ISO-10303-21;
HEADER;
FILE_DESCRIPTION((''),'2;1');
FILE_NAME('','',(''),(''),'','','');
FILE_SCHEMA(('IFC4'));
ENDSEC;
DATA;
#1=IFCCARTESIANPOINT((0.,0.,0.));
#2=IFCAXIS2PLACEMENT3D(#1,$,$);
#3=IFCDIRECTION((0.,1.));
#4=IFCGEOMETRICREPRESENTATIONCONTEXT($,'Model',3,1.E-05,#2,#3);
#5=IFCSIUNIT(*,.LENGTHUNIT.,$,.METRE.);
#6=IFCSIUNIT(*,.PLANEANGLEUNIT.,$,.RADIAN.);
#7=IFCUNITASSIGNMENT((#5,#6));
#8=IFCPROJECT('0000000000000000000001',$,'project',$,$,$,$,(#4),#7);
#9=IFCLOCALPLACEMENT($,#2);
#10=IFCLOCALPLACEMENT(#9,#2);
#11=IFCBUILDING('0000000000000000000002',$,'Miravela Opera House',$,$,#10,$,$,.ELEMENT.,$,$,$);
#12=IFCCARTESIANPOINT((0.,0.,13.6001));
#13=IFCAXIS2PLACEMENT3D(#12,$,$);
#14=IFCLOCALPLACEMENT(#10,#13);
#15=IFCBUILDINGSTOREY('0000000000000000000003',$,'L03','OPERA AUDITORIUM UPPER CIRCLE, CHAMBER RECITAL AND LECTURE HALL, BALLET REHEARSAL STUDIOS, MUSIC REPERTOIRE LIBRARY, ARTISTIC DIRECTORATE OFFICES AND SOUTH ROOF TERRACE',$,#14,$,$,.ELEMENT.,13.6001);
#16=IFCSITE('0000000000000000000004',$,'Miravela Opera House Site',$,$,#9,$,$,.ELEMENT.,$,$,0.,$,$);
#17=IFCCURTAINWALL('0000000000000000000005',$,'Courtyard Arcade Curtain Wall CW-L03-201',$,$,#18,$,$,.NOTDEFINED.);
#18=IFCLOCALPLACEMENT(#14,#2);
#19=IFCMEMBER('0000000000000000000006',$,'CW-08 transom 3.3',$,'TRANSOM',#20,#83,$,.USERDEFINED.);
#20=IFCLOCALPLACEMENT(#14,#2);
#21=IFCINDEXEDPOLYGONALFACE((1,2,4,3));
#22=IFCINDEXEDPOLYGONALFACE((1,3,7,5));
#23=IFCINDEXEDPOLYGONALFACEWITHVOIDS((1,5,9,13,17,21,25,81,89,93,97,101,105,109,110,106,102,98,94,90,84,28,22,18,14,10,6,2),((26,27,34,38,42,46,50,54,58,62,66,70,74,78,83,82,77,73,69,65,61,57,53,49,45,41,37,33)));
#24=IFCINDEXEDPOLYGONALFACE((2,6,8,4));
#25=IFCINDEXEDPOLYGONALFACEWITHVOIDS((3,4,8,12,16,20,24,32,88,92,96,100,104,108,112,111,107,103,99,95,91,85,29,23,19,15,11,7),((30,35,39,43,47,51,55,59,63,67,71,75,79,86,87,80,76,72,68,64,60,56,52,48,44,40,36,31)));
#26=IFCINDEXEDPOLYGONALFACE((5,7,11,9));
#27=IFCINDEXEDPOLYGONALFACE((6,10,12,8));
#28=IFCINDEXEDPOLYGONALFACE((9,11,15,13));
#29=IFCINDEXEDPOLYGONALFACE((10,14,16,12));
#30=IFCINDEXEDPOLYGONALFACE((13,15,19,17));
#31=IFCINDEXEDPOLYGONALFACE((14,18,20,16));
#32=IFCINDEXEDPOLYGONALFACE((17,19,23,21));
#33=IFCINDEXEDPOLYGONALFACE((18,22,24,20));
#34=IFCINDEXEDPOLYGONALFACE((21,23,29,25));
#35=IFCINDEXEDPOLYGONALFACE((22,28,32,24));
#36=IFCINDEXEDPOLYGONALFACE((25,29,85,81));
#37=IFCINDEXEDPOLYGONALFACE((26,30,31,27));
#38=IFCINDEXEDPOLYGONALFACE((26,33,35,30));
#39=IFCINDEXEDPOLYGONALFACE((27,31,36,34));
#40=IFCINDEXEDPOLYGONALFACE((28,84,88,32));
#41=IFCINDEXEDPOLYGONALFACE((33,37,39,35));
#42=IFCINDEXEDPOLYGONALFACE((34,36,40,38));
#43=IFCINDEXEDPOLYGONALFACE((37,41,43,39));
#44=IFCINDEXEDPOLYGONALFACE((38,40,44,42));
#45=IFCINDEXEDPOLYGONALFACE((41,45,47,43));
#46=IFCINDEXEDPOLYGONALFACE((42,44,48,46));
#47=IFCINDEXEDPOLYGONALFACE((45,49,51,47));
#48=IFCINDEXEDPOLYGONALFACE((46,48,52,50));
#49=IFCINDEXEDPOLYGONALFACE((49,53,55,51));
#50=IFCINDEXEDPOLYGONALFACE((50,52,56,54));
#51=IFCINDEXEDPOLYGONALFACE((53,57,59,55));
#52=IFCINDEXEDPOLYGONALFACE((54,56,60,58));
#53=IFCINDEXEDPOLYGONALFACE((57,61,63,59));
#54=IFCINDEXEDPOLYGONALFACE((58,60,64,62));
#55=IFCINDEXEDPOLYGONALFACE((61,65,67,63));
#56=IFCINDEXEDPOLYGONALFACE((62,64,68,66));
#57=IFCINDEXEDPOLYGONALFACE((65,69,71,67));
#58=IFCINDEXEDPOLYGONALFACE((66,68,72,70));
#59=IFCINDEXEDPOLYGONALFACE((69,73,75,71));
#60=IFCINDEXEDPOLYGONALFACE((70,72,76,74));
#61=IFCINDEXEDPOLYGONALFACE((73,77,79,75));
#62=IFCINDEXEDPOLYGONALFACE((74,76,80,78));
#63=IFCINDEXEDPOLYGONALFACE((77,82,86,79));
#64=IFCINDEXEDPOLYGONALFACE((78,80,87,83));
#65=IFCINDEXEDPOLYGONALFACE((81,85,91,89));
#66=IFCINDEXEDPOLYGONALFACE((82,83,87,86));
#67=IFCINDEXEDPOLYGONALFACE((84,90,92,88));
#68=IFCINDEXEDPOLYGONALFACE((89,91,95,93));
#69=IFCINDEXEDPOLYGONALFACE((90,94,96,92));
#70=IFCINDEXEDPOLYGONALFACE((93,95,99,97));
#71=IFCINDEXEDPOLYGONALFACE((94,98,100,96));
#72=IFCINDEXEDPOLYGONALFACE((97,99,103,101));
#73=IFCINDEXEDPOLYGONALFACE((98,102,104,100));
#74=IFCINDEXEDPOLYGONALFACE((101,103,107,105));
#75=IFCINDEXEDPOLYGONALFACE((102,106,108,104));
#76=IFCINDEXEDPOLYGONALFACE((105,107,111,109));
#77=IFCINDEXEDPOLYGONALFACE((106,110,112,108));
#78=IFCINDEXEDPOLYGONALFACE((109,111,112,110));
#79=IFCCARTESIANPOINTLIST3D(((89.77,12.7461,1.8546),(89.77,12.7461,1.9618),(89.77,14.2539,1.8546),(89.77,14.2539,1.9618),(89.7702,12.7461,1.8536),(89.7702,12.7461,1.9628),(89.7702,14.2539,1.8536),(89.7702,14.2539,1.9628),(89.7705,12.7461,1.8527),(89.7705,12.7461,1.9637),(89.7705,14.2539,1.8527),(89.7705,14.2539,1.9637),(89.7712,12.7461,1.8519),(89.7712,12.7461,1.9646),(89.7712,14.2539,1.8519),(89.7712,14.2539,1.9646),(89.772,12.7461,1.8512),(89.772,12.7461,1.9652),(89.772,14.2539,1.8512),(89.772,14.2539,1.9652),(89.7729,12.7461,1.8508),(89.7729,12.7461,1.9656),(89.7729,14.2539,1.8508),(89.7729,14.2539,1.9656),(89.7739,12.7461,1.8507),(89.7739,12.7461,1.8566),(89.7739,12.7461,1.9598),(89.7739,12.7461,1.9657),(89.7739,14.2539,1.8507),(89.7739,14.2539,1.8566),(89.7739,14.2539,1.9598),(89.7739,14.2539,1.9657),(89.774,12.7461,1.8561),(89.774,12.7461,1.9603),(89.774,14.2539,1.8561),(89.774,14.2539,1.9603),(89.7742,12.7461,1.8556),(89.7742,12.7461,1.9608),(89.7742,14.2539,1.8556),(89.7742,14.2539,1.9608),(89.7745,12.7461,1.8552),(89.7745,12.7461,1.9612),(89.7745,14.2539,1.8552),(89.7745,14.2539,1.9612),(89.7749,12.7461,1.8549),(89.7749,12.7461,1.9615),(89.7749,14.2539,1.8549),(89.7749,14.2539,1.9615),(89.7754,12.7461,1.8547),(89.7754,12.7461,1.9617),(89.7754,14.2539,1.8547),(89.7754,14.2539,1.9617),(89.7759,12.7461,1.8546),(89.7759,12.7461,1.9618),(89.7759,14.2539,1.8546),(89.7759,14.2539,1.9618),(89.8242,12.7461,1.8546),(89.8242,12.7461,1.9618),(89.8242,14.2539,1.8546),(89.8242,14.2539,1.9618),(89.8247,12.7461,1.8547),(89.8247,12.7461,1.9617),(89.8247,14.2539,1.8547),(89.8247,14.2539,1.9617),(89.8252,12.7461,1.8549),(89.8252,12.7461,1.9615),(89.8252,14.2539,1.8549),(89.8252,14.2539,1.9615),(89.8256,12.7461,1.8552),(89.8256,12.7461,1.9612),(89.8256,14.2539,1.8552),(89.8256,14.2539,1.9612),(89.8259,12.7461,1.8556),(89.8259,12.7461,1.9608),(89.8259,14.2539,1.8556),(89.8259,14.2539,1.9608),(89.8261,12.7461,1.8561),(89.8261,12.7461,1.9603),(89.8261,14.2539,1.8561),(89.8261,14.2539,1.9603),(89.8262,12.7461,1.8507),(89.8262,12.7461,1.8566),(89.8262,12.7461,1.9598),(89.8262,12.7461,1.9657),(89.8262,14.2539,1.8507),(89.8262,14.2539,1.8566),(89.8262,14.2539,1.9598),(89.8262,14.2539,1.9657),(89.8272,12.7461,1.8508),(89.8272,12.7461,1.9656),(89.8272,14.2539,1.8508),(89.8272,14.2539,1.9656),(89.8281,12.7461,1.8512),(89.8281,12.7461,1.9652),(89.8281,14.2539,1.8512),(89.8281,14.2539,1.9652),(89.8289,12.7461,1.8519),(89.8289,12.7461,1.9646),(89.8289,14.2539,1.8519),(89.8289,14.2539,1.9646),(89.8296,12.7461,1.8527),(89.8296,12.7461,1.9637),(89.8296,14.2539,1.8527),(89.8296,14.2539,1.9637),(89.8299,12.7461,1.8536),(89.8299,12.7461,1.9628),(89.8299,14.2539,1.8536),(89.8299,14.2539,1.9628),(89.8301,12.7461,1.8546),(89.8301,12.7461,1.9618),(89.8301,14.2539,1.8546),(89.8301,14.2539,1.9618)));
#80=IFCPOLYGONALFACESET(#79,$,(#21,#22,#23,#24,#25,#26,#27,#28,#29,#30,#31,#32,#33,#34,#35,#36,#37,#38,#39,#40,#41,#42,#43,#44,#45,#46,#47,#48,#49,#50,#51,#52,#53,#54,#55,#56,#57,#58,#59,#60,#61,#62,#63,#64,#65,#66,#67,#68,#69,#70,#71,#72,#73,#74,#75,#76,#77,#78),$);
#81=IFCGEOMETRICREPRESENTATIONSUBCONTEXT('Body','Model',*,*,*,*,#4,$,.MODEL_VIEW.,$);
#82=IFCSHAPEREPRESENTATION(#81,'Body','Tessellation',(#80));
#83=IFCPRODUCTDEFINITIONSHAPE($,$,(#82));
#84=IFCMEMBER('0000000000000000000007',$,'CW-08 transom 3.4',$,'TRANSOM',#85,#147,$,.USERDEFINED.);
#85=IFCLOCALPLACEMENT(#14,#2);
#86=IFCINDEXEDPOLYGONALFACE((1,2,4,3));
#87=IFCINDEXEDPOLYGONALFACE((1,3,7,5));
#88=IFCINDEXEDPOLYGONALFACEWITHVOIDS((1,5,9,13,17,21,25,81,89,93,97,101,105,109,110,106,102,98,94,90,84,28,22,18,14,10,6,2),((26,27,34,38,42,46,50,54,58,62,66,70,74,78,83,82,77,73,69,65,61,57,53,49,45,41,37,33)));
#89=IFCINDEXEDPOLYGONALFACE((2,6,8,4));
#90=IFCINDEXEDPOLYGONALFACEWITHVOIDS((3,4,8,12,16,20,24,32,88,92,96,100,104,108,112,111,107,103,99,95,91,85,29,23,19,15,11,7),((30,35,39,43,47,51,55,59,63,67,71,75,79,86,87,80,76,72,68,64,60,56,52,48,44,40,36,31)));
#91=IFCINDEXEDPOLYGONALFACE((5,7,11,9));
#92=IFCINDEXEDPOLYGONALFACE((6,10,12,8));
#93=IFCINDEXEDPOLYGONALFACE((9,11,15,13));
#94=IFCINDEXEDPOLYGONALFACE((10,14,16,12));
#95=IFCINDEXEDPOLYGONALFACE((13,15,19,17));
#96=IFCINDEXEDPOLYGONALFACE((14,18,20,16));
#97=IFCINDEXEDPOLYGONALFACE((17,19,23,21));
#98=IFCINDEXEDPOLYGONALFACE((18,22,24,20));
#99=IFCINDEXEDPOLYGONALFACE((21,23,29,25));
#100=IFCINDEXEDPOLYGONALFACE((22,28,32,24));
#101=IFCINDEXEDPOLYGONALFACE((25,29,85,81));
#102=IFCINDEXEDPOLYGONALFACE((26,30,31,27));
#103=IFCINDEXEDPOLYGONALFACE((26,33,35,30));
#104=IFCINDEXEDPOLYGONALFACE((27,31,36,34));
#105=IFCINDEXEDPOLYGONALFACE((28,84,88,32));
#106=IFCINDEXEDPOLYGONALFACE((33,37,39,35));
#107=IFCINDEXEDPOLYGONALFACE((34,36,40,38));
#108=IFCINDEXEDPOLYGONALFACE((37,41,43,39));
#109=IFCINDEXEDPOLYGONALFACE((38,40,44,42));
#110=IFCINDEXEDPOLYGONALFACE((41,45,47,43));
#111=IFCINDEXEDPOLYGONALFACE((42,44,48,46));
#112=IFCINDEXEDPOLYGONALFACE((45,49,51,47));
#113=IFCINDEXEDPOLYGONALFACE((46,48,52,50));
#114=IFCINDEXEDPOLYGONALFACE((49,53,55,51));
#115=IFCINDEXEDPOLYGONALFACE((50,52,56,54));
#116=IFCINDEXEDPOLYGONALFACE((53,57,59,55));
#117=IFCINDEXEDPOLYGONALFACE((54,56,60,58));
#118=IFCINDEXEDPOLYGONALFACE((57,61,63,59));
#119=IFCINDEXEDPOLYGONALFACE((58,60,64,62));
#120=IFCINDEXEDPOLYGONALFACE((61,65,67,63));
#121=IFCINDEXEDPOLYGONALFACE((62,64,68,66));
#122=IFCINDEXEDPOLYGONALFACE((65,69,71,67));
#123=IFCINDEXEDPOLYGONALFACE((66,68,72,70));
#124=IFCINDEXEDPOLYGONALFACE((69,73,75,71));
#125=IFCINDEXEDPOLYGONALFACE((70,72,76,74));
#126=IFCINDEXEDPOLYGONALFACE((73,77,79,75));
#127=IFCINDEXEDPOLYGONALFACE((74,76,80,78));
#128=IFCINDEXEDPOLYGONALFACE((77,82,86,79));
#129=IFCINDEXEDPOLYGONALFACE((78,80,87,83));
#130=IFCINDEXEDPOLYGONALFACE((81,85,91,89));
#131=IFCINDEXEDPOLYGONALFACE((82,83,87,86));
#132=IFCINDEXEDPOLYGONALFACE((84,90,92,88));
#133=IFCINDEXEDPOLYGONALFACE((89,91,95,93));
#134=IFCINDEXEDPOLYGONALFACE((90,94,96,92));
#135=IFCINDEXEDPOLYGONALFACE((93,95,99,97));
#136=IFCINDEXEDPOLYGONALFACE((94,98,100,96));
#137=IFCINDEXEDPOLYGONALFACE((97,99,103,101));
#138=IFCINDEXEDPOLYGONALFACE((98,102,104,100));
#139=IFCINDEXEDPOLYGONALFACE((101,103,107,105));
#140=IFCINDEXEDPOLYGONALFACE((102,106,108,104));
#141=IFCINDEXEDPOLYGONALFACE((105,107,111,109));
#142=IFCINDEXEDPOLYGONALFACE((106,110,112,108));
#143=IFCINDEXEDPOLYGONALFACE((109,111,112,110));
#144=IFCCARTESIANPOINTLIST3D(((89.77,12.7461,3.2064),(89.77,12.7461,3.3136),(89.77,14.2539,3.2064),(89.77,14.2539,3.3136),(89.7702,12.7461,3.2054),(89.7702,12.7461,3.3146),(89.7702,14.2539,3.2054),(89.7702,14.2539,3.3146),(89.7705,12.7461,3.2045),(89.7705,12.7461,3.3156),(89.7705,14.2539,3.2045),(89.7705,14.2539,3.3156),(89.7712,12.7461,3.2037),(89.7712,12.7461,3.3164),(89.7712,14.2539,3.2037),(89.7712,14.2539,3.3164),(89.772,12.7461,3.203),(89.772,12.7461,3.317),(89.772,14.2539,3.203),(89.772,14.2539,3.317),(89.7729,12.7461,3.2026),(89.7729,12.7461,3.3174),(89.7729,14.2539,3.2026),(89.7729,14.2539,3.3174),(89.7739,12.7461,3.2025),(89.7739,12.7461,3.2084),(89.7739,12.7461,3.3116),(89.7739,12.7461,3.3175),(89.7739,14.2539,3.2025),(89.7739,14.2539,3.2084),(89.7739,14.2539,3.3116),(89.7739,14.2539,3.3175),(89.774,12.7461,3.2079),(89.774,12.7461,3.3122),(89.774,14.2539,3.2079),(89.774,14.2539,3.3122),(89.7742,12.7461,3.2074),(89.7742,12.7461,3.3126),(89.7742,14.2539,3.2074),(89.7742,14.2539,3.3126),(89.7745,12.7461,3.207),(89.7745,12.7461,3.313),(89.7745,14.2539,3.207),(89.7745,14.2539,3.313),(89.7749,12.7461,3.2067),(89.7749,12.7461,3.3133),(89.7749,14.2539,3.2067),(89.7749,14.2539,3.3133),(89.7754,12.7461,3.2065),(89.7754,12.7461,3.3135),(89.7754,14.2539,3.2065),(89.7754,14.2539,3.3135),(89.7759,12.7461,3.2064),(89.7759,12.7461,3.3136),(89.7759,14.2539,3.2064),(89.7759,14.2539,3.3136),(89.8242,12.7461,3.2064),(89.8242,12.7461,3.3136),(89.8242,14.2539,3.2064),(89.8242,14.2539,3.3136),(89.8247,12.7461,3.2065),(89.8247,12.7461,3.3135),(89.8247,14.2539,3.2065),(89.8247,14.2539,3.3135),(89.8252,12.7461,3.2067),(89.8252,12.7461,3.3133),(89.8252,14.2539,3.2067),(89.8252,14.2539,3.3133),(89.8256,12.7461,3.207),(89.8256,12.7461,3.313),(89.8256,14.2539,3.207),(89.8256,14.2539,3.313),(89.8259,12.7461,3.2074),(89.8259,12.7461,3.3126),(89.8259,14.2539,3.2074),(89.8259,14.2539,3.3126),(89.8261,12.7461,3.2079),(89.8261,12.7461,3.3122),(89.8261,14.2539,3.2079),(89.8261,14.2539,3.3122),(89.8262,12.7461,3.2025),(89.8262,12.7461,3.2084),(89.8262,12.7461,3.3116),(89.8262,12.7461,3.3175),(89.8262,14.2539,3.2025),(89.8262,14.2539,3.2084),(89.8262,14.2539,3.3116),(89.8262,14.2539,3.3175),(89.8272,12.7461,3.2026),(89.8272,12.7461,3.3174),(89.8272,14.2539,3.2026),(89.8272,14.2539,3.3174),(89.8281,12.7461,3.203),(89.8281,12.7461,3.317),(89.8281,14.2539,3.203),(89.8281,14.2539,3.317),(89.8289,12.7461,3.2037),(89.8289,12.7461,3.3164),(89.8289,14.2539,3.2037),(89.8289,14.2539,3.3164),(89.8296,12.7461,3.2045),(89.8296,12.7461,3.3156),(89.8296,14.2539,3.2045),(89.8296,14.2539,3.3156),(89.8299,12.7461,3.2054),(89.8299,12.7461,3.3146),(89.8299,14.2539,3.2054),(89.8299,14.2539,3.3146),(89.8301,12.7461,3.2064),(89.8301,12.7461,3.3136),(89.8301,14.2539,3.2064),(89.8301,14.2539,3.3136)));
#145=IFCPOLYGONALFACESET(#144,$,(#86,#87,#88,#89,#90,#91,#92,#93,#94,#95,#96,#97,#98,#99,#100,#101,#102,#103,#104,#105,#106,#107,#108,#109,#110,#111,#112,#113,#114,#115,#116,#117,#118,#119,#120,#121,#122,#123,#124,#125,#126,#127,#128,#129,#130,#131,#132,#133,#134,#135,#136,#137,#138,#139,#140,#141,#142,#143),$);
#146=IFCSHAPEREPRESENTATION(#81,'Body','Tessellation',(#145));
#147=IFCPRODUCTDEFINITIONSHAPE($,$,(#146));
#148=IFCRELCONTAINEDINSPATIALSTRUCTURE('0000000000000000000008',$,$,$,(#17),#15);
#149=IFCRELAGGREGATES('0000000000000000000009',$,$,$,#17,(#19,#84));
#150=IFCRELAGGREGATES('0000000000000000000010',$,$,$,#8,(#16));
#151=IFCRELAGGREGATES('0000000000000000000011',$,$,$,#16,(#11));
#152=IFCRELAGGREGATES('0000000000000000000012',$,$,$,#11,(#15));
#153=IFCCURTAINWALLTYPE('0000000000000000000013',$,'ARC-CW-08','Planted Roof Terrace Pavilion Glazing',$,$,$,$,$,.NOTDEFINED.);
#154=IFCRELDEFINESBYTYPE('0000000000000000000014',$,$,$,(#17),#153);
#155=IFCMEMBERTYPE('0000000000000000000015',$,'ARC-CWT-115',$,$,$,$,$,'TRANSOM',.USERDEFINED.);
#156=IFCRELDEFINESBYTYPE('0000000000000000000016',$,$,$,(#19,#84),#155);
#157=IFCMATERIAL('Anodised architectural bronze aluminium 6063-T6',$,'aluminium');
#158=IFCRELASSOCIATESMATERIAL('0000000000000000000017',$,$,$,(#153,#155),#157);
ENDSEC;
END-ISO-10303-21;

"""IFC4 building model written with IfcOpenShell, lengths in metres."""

from ifc_helpers import new_model, si_unit, direction, frame, origin, origin_2d, place, context, subcontext, project, spatial, hollow_rectangle, extrude, material, material_profile, profile_set, type_object, element, aggregate, save


model = new_model("IFC4")

# Units and contexts
model_context = context("Model", 3, precision=1e-05, world=origin(), true_north=direction((0.0, 1.0)))
body_context = subcontext(model_context, "Body", "Model", "MODEL_VIEW")
ifc_project = project(units=[si_unit("LENGTHUNIT", "METRE"), si_unit("PLANEANGLEUNIT", "RADIAN")], contexts=[model_context])

# Site, building, storey
site_placement = place(None, origin())
site = spatial("IfcSite", under=ifc_project, at=site_placement, Name="Miravela Opera House Site", CompositionType="ELEMENT", RefElevation=0.0)
building_placement = place(site_placement, origin())
building = spatial("IfcBuilding", under=site, at=building_placement, Name="Miravela Opera House", CompositionType="ELEMENT")
storey_placement = place(building_placement, frame((0.0, 0.0, 13.6001)))
storey = spatial("IfcBuildingStorey", under=building, at=storey_placement, Name="L03", Description="OPERA AUDITORIUM UPPER CIRCLE, CHAMBER RECITAL AND LECTURE HALL, BALLET REHEARSAL STUDIOS, MUSIC REPERTOIRE LIBRARY, ARTISTIC DIRECTORATE OFFICES AND SOUTH ROOF TERRACE", CompositionType="ELEMENT", Elevation=13.6001)

# Curtain wall, members
ifc_material_1 = material(Name="Anodised architectural bronze aluminium 6063-T6", Category="aluminium")
curtain_wall_type = type_object("IfcCurtainWallType", Name="ARC-CW-08", Description="Planted Roof Terrace Pavilion Glazing", PredefinedType="NOTDEFINED", material=ifc_material_1)
curtain_wall_placement = place(storey_placement, origin())
curtain_wall = element("IfcCurtainWall", 1, at=curtain_wall_placement, inside=storey, type_object=curtain_wall_type, Name="Courtyard Arcade Curtain Wall CW-L03-201", PredefinedType="NOTDEFINED")
ifc_material_profile_1 = material_profile(ifc_material_1, hollow_rectangle(XDim=0.0601, YDim=0.115, WallThickness=0.0039, InnerFilletRadius=0.002, OuterFilletRadius=0.0039, at=origin_2d()), Name="CWT-60X115")
ifc_profile_set_1 = profile_set([ifc_material_profile_1])
member_type_1 = type_object("IfcMemberType", Name="ARC-CWT-115", ElementType="TRANSOM", PredefinedType="USERDEFINED", material=ifc_profile_set_1)
member_1_placement = place(storey_placement, frame((89.8, 12.7461, 1.9082), z_axis=(0.0, 1.0, 0.0), x_axis=(-1.0, 0.0, 0.0)))
member_1 = element("IfcMember", 2, at=member_1_placement, type_object=member_type_1, Name="CW-08 transom 3.3", ObjectType="TRANSOM", PredefinedType="USERDEFINED", context=body_context, shape_type="SweptSolid", body=[
    extrude(hollow_rectangle(XDim=0.0601, YDim=0.115, WallThickness=0.0039, InnerFilletRadius=0.002, OuterFilletRadius=0.0039, at=origin_2d()), origin(), (0.0, 0.0, 1.0), 1.5078),
])
member_2_placement = place(storey_placement, frame((89.8, 12.7461, 3.26), z_axis=(0.0, 1.0, 0.0), x_axis=(-1.0, 0.0, 0.0)))
member_2 = element("IfcMember", 3, at=member_2_placement, type_object=member_type_1, Name="CW-08 transom 3.4", ObjectType="TRANSOM", PredefinedType="USERDEFINED", context=body_context, shape_type="SweptSolid", body=[
    extrude(hollow_rectangle(XDim=0.0601, YDim=0.115, WallThickness=0.0039, InnerFilletRadius=0.002, OuterFilletRadius=0.0039, at=origin_2d()), origin(), (0.0, 0.0, 1.0), 1.5078),
])

aggregate(curtain_wall, [member_1, member_2])

save(model, "model.ifc")
